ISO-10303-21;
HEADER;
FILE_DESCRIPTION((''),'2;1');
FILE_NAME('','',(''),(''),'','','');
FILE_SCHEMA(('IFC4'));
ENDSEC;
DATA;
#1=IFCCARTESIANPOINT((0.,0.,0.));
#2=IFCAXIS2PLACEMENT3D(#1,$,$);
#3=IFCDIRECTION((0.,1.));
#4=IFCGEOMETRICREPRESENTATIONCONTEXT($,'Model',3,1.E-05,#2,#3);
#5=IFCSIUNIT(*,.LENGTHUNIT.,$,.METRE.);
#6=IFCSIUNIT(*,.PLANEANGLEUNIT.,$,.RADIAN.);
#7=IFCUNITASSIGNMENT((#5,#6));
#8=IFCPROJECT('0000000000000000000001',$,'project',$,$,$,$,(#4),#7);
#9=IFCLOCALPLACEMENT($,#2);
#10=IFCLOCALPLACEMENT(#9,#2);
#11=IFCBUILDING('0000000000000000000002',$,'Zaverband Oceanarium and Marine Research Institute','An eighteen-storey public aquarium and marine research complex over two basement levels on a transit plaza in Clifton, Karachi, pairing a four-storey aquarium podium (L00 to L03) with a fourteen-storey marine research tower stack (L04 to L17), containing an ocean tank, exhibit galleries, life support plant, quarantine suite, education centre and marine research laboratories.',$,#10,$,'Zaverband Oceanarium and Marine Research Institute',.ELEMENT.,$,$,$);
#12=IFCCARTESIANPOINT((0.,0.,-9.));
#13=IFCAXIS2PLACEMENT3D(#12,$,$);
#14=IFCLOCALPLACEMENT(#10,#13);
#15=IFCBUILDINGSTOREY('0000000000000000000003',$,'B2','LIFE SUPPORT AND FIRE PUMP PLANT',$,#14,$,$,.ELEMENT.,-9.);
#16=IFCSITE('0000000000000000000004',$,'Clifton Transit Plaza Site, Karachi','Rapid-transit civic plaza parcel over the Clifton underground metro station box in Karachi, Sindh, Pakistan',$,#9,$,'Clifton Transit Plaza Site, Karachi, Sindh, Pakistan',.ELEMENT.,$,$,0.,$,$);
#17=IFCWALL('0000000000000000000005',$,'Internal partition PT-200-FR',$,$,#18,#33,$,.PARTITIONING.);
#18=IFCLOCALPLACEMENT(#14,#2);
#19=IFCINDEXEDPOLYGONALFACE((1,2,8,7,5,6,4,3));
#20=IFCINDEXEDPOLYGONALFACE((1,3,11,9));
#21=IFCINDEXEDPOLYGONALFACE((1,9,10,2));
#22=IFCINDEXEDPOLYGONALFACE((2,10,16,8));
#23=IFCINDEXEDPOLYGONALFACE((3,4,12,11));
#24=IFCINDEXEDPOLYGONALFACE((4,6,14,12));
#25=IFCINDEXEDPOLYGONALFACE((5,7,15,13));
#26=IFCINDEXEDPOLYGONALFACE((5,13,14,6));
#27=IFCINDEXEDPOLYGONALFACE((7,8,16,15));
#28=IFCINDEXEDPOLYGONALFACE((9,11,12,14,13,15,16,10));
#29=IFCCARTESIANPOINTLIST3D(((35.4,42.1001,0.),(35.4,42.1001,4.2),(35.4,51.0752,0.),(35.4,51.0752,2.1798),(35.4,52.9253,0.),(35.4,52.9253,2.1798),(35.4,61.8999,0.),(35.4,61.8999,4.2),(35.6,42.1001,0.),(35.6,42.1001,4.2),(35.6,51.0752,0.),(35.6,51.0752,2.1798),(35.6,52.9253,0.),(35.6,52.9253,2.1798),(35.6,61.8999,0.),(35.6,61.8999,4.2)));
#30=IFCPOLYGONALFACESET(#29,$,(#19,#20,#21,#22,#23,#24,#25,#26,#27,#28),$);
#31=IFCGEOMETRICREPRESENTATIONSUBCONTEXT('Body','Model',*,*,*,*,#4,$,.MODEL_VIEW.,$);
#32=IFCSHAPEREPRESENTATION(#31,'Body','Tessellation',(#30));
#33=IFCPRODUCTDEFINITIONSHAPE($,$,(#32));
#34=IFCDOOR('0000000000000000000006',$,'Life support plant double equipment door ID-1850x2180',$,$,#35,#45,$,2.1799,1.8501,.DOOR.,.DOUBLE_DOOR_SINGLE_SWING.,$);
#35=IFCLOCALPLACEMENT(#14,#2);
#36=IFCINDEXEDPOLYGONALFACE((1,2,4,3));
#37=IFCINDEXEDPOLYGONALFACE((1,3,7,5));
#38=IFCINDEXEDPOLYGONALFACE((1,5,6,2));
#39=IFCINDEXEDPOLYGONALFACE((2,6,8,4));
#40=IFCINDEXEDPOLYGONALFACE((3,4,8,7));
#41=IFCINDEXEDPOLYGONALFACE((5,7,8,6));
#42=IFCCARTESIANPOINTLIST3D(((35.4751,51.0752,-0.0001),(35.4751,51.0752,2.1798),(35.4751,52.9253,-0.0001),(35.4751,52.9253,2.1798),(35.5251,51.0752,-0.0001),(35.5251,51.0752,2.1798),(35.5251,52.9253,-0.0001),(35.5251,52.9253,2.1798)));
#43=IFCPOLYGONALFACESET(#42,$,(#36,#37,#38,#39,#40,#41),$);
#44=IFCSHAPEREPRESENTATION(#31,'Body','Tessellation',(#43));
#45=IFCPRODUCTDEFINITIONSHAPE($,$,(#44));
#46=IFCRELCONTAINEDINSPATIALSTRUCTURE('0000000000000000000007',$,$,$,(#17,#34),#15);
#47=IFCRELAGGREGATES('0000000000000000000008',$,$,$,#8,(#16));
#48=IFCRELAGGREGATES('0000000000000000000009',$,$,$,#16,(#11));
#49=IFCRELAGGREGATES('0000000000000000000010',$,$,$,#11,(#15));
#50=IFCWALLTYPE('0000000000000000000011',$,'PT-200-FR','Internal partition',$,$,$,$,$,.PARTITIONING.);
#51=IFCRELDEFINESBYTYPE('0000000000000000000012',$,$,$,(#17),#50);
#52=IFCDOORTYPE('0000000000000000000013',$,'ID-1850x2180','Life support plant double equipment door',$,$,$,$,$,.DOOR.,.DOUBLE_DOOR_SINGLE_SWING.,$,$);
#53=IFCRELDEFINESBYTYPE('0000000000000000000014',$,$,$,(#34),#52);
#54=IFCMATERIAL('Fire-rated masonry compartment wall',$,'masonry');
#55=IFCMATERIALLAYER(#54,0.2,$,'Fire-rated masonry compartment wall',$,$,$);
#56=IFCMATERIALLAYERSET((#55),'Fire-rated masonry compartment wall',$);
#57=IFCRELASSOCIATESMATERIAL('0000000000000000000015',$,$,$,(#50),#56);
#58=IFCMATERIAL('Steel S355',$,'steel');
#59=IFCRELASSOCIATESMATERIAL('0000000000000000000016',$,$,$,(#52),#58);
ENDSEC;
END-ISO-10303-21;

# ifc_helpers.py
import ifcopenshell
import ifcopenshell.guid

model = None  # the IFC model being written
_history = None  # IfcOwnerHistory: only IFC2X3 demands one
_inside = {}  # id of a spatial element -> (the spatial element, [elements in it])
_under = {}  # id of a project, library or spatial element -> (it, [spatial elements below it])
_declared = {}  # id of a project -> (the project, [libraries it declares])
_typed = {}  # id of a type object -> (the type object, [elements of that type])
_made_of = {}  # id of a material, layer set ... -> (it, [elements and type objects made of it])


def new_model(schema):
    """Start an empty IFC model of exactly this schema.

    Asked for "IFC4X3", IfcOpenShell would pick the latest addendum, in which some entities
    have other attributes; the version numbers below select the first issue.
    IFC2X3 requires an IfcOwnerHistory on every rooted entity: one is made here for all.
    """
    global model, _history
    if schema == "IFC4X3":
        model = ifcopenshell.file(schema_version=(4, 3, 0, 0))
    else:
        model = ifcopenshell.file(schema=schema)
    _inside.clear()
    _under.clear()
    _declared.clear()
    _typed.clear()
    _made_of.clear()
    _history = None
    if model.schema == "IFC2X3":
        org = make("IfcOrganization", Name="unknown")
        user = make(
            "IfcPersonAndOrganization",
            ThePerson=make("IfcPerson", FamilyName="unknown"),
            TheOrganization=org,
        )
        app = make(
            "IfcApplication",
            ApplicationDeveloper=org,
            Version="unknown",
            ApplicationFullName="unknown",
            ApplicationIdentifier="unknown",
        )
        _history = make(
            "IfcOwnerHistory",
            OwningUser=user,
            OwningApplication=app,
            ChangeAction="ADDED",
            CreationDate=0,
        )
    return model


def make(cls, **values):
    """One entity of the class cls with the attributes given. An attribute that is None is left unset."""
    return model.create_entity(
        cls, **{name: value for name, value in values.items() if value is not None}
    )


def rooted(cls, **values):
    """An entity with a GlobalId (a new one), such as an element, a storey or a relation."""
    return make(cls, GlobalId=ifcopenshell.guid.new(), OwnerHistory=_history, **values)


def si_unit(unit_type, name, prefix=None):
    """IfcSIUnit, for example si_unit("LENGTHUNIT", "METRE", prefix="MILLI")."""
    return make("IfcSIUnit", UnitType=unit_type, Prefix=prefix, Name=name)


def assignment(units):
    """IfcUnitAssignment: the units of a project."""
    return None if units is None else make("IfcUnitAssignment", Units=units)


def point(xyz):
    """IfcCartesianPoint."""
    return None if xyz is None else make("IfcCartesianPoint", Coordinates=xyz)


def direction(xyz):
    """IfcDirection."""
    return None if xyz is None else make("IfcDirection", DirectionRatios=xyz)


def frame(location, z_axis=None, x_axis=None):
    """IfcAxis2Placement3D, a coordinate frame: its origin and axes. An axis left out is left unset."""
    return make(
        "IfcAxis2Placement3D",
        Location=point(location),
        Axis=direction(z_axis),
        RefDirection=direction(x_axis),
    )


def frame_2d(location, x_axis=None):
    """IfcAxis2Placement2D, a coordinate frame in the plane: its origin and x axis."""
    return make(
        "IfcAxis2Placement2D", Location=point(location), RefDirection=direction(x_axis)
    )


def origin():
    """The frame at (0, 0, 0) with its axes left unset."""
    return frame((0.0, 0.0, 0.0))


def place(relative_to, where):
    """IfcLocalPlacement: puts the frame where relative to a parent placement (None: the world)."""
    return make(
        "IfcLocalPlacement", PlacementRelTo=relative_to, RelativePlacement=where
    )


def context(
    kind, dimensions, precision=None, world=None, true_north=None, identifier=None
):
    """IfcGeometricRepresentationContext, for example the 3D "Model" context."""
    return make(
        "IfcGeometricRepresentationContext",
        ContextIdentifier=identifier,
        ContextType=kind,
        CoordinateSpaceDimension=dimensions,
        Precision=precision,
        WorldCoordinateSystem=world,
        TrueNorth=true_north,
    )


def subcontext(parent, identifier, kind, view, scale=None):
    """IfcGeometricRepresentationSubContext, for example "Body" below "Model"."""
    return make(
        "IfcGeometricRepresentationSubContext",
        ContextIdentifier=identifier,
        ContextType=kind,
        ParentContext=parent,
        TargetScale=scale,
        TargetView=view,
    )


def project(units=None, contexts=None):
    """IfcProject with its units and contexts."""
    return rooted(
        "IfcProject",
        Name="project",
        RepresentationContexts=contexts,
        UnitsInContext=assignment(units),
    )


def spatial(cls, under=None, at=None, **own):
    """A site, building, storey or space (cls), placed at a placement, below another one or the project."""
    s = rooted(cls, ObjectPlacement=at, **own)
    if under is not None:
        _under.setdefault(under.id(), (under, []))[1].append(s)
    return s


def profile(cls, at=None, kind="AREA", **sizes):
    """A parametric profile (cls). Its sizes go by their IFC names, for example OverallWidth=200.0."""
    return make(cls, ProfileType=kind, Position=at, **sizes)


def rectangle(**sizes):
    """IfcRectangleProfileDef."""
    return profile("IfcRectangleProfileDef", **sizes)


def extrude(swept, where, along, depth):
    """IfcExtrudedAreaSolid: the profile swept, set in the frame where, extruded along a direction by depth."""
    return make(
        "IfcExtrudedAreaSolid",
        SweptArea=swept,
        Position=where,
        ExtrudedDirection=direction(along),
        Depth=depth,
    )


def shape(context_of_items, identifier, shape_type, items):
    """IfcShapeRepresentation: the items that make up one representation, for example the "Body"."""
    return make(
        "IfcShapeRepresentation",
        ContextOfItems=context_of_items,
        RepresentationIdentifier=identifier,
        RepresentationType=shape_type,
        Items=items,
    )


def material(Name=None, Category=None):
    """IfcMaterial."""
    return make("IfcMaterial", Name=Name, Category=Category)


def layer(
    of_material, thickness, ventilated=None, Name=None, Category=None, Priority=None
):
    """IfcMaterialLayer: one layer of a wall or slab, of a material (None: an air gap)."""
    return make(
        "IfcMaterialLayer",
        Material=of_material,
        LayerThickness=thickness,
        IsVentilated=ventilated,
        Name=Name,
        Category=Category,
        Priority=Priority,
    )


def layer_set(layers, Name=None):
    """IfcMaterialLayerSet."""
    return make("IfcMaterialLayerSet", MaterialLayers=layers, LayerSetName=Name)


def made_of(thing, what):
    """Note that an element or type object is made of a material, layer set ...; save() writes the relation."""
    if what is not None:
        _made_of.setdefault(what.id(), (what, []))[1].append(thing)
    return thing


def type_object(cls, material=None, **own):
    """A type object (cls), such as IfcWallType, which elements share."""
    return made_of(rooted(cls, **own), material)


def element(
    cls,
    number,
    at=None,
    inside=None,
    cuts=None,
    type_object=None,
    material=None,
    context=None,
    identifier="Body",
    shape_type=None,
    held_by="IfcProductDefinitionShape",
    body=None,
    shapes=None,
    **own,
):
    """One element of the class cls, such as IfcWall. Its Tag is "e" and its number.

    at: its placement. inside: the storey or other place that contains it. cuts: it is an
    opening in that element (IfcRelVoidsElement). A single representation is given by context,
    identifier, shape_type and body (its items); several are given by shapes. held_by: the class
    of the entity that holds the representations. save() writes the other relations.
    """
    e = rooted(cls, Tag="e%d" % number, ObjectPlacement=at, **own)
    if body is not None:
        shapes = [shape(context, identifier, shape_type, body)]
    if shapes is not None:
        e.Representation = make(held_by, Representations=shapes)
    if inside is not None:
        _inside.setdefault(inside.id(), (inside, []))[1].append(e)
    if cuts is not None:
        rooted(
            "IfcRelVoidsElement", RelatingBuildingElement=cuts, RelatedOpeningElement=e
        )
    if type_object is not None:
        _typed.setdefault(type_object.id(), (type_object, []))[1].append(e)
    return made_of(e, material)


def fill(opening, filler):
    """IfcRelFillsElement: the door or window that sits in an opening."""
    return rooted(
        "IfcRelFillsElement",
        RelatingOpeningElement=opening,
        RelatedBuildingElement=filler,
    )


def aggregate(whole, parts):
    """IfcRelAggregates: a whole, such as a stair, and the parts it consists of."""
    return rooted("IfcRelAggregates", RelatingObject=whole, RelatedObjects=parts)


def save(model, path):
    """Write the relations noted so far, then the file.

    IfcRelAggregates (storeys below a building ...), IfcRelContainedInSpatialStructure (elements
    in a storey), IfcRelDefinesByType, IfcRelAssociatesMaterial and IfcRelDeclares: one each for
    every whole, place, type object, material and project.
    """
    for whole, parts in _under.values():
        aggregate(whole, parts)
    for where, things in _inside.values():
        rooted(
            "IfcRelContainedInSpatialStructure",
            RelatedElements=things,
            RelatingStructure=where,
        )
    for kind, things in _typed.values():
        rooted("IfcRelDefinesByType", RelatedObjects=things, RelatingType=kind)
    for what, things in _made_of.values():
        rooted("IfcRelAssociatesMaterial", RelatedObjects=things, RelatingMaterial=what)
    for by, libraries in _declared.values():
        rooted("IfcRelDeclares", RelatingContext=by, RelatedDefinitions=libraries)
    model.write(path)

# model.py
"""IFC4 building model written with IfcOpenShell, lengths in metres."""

from ifc_helpers import new_model, si_unit, direction, frame, frame_2d, origin, place, context, subcontext, project, spatial, rectangle, extrude, material, layer, layer_set, type_object, element, fill, save


model = new_model("IFC4")

# Units and contexts
model_context = context("Model", 3, precision=1e-05, world=origin(), true_north=direction((0.0, 1.0)))
body_context = subcontext(model_context, "Body", "Model", "MODEL_VIEW")
ifc_project = project(units=[si_unit("LENGTHUNIT", "METRE"), si_unit("PLANEANGLEUNIT", "RADIAN")], contexts=[model_context])

# Site, building, storey
site_placement = place(None, origin())
site = spatial("IfcSite", under=ifc_project, at=site_placement, Name="Clifton Transit Plaza Site, Karachi", Description="Rapid-transit civic plaza parcel over the Clifton underground metro station box in Karachi, Sindh, Pakistan", LongName="Clifton Transit Plaza Site, Karachi, Sindh, Pakistan", CompositionType="ELEMENT", RefElevation=0.0)
building_placement = place(site_placement, origin())
building = spatial("IfcBuilding", under=site, at=building_placement, Name="Zaverband Oceanarium and Marine Research Institute", Description="An eighteen-storey public aquarium and marine research complex over two basement levels on a transit plaza in Clifton, Karachi, pairing a four-storey aquarium podium (L00 to L03) with a fourteen-storey marine research tower stack (L04 to L17), containing an ocean tank, exhibit galleries, life support plant, quarantine suite, education centre and marine research laboratories.", LongName="Zaverband Oceanarium and Marine Research Institute", CompositionType="ELEMENT")
storey_placement = place(building_placement, frame((0.0, 0.0, -9.0)))
storey = spatial("IfcBuildingStorey", under=building, at=storey_placement, Name="B2", Description="LIFE SUPPORT AND FIRE PUMP PLANT", CompositionType="ELEMENT", Elevation=-9.0)

# Wall, opening, door
ifc_material_1 = material(Name="Fire-rated masonry compartment wall", Category="masonry")
ifc_layer_1 = layer(ifc_material_1, 0.2, Name="Fire-rated masonry compartment wall")
ifc_layer_set_1 = layer_set([ifc_layer_1], Name="Fire-rated masonry compartment wall")
wall_type = type_object("IfcWallType", Name="PT-200-FR", Description="Internal partition", PredefinedType="PARTITIONING", material=ifc_layer_set_1)
wall_placement = place(storey_placement, frame((35.5, 42.1001, 0.0), z_axis=(0.0, 0.0, 1.0), x_axis=(0.0, 1.0, 0.0)))
wall = element("IfcWall", 1, at=wall_placement, inside=storey, type_object=wall_type, Name="Internal partition PT-200-FR", PredefinedType="PARTITIONING", context=body_context, shape_type="SweptSolid", body=[
    extrude(rectangle(XDim=19.7998, YDim=0.2, at=frame_2d((9.8999, 0.0))), origin(), (0.0, 0.0, 1.0), 4.2),
])
opening_placement = place(wall_placement, frame((8.9751, 0.0, 0.0)))
opening = element("IfcOpeningElement", 2, at=opening_placement, cuts=wall, PredefinedType="OPENING", context=body_context, shape_type="SweptSolid", body=[
    extrude(rectangle(XDim=1.8501, YDim=2.1799, at=frame_2d((0.925, 1.0898))), frame((0.0, 0.1118, 0.0), z_axis=(0.0, -1.0, 0.0), x_axis=(1.0, 0.0, 0.0)), (0.0, 0.0, 1.0), 0.2239),
])
ifc_material_2 = material(Name="Steel S355", Category="steel")
door_type = type_object("IfcDoorType", Name="ID-1850x2180", Description="Life support plant double equipment door", OperationType="DOUBLE_DOOR_SINGLE_SWING", PredefinedType="DOOR", material=ifc_material_2)
door_placement = place(opening_placement, origin())
door = element("IfcDoor", 3, at=door_placement, inside=storey, type_object=door_type, Name="Life support plant double equipment door ID-1850x2180", OperationType="DOUBLE_DOOR_SINGLE_SWING", OverallHeight=2.1799, OverallWidth=1.8501, PredefinedType="DOOR", context=body_context, shape_type="SweptSolid", body=[
    extrude(rectangle(XDim=1.8501, YDim=2.1799, at=frame_2d((0.925, 1.0898))), frame((0.0, 0.0249, 0.0), z_axis=(0.0, -1.0, 0.0), x_axis=(1.0, 0.0, 0.0)), (0.0, 0.0, 1.0), 0.05),
])
fill(opening, door)

save(model, "model.ifc")
